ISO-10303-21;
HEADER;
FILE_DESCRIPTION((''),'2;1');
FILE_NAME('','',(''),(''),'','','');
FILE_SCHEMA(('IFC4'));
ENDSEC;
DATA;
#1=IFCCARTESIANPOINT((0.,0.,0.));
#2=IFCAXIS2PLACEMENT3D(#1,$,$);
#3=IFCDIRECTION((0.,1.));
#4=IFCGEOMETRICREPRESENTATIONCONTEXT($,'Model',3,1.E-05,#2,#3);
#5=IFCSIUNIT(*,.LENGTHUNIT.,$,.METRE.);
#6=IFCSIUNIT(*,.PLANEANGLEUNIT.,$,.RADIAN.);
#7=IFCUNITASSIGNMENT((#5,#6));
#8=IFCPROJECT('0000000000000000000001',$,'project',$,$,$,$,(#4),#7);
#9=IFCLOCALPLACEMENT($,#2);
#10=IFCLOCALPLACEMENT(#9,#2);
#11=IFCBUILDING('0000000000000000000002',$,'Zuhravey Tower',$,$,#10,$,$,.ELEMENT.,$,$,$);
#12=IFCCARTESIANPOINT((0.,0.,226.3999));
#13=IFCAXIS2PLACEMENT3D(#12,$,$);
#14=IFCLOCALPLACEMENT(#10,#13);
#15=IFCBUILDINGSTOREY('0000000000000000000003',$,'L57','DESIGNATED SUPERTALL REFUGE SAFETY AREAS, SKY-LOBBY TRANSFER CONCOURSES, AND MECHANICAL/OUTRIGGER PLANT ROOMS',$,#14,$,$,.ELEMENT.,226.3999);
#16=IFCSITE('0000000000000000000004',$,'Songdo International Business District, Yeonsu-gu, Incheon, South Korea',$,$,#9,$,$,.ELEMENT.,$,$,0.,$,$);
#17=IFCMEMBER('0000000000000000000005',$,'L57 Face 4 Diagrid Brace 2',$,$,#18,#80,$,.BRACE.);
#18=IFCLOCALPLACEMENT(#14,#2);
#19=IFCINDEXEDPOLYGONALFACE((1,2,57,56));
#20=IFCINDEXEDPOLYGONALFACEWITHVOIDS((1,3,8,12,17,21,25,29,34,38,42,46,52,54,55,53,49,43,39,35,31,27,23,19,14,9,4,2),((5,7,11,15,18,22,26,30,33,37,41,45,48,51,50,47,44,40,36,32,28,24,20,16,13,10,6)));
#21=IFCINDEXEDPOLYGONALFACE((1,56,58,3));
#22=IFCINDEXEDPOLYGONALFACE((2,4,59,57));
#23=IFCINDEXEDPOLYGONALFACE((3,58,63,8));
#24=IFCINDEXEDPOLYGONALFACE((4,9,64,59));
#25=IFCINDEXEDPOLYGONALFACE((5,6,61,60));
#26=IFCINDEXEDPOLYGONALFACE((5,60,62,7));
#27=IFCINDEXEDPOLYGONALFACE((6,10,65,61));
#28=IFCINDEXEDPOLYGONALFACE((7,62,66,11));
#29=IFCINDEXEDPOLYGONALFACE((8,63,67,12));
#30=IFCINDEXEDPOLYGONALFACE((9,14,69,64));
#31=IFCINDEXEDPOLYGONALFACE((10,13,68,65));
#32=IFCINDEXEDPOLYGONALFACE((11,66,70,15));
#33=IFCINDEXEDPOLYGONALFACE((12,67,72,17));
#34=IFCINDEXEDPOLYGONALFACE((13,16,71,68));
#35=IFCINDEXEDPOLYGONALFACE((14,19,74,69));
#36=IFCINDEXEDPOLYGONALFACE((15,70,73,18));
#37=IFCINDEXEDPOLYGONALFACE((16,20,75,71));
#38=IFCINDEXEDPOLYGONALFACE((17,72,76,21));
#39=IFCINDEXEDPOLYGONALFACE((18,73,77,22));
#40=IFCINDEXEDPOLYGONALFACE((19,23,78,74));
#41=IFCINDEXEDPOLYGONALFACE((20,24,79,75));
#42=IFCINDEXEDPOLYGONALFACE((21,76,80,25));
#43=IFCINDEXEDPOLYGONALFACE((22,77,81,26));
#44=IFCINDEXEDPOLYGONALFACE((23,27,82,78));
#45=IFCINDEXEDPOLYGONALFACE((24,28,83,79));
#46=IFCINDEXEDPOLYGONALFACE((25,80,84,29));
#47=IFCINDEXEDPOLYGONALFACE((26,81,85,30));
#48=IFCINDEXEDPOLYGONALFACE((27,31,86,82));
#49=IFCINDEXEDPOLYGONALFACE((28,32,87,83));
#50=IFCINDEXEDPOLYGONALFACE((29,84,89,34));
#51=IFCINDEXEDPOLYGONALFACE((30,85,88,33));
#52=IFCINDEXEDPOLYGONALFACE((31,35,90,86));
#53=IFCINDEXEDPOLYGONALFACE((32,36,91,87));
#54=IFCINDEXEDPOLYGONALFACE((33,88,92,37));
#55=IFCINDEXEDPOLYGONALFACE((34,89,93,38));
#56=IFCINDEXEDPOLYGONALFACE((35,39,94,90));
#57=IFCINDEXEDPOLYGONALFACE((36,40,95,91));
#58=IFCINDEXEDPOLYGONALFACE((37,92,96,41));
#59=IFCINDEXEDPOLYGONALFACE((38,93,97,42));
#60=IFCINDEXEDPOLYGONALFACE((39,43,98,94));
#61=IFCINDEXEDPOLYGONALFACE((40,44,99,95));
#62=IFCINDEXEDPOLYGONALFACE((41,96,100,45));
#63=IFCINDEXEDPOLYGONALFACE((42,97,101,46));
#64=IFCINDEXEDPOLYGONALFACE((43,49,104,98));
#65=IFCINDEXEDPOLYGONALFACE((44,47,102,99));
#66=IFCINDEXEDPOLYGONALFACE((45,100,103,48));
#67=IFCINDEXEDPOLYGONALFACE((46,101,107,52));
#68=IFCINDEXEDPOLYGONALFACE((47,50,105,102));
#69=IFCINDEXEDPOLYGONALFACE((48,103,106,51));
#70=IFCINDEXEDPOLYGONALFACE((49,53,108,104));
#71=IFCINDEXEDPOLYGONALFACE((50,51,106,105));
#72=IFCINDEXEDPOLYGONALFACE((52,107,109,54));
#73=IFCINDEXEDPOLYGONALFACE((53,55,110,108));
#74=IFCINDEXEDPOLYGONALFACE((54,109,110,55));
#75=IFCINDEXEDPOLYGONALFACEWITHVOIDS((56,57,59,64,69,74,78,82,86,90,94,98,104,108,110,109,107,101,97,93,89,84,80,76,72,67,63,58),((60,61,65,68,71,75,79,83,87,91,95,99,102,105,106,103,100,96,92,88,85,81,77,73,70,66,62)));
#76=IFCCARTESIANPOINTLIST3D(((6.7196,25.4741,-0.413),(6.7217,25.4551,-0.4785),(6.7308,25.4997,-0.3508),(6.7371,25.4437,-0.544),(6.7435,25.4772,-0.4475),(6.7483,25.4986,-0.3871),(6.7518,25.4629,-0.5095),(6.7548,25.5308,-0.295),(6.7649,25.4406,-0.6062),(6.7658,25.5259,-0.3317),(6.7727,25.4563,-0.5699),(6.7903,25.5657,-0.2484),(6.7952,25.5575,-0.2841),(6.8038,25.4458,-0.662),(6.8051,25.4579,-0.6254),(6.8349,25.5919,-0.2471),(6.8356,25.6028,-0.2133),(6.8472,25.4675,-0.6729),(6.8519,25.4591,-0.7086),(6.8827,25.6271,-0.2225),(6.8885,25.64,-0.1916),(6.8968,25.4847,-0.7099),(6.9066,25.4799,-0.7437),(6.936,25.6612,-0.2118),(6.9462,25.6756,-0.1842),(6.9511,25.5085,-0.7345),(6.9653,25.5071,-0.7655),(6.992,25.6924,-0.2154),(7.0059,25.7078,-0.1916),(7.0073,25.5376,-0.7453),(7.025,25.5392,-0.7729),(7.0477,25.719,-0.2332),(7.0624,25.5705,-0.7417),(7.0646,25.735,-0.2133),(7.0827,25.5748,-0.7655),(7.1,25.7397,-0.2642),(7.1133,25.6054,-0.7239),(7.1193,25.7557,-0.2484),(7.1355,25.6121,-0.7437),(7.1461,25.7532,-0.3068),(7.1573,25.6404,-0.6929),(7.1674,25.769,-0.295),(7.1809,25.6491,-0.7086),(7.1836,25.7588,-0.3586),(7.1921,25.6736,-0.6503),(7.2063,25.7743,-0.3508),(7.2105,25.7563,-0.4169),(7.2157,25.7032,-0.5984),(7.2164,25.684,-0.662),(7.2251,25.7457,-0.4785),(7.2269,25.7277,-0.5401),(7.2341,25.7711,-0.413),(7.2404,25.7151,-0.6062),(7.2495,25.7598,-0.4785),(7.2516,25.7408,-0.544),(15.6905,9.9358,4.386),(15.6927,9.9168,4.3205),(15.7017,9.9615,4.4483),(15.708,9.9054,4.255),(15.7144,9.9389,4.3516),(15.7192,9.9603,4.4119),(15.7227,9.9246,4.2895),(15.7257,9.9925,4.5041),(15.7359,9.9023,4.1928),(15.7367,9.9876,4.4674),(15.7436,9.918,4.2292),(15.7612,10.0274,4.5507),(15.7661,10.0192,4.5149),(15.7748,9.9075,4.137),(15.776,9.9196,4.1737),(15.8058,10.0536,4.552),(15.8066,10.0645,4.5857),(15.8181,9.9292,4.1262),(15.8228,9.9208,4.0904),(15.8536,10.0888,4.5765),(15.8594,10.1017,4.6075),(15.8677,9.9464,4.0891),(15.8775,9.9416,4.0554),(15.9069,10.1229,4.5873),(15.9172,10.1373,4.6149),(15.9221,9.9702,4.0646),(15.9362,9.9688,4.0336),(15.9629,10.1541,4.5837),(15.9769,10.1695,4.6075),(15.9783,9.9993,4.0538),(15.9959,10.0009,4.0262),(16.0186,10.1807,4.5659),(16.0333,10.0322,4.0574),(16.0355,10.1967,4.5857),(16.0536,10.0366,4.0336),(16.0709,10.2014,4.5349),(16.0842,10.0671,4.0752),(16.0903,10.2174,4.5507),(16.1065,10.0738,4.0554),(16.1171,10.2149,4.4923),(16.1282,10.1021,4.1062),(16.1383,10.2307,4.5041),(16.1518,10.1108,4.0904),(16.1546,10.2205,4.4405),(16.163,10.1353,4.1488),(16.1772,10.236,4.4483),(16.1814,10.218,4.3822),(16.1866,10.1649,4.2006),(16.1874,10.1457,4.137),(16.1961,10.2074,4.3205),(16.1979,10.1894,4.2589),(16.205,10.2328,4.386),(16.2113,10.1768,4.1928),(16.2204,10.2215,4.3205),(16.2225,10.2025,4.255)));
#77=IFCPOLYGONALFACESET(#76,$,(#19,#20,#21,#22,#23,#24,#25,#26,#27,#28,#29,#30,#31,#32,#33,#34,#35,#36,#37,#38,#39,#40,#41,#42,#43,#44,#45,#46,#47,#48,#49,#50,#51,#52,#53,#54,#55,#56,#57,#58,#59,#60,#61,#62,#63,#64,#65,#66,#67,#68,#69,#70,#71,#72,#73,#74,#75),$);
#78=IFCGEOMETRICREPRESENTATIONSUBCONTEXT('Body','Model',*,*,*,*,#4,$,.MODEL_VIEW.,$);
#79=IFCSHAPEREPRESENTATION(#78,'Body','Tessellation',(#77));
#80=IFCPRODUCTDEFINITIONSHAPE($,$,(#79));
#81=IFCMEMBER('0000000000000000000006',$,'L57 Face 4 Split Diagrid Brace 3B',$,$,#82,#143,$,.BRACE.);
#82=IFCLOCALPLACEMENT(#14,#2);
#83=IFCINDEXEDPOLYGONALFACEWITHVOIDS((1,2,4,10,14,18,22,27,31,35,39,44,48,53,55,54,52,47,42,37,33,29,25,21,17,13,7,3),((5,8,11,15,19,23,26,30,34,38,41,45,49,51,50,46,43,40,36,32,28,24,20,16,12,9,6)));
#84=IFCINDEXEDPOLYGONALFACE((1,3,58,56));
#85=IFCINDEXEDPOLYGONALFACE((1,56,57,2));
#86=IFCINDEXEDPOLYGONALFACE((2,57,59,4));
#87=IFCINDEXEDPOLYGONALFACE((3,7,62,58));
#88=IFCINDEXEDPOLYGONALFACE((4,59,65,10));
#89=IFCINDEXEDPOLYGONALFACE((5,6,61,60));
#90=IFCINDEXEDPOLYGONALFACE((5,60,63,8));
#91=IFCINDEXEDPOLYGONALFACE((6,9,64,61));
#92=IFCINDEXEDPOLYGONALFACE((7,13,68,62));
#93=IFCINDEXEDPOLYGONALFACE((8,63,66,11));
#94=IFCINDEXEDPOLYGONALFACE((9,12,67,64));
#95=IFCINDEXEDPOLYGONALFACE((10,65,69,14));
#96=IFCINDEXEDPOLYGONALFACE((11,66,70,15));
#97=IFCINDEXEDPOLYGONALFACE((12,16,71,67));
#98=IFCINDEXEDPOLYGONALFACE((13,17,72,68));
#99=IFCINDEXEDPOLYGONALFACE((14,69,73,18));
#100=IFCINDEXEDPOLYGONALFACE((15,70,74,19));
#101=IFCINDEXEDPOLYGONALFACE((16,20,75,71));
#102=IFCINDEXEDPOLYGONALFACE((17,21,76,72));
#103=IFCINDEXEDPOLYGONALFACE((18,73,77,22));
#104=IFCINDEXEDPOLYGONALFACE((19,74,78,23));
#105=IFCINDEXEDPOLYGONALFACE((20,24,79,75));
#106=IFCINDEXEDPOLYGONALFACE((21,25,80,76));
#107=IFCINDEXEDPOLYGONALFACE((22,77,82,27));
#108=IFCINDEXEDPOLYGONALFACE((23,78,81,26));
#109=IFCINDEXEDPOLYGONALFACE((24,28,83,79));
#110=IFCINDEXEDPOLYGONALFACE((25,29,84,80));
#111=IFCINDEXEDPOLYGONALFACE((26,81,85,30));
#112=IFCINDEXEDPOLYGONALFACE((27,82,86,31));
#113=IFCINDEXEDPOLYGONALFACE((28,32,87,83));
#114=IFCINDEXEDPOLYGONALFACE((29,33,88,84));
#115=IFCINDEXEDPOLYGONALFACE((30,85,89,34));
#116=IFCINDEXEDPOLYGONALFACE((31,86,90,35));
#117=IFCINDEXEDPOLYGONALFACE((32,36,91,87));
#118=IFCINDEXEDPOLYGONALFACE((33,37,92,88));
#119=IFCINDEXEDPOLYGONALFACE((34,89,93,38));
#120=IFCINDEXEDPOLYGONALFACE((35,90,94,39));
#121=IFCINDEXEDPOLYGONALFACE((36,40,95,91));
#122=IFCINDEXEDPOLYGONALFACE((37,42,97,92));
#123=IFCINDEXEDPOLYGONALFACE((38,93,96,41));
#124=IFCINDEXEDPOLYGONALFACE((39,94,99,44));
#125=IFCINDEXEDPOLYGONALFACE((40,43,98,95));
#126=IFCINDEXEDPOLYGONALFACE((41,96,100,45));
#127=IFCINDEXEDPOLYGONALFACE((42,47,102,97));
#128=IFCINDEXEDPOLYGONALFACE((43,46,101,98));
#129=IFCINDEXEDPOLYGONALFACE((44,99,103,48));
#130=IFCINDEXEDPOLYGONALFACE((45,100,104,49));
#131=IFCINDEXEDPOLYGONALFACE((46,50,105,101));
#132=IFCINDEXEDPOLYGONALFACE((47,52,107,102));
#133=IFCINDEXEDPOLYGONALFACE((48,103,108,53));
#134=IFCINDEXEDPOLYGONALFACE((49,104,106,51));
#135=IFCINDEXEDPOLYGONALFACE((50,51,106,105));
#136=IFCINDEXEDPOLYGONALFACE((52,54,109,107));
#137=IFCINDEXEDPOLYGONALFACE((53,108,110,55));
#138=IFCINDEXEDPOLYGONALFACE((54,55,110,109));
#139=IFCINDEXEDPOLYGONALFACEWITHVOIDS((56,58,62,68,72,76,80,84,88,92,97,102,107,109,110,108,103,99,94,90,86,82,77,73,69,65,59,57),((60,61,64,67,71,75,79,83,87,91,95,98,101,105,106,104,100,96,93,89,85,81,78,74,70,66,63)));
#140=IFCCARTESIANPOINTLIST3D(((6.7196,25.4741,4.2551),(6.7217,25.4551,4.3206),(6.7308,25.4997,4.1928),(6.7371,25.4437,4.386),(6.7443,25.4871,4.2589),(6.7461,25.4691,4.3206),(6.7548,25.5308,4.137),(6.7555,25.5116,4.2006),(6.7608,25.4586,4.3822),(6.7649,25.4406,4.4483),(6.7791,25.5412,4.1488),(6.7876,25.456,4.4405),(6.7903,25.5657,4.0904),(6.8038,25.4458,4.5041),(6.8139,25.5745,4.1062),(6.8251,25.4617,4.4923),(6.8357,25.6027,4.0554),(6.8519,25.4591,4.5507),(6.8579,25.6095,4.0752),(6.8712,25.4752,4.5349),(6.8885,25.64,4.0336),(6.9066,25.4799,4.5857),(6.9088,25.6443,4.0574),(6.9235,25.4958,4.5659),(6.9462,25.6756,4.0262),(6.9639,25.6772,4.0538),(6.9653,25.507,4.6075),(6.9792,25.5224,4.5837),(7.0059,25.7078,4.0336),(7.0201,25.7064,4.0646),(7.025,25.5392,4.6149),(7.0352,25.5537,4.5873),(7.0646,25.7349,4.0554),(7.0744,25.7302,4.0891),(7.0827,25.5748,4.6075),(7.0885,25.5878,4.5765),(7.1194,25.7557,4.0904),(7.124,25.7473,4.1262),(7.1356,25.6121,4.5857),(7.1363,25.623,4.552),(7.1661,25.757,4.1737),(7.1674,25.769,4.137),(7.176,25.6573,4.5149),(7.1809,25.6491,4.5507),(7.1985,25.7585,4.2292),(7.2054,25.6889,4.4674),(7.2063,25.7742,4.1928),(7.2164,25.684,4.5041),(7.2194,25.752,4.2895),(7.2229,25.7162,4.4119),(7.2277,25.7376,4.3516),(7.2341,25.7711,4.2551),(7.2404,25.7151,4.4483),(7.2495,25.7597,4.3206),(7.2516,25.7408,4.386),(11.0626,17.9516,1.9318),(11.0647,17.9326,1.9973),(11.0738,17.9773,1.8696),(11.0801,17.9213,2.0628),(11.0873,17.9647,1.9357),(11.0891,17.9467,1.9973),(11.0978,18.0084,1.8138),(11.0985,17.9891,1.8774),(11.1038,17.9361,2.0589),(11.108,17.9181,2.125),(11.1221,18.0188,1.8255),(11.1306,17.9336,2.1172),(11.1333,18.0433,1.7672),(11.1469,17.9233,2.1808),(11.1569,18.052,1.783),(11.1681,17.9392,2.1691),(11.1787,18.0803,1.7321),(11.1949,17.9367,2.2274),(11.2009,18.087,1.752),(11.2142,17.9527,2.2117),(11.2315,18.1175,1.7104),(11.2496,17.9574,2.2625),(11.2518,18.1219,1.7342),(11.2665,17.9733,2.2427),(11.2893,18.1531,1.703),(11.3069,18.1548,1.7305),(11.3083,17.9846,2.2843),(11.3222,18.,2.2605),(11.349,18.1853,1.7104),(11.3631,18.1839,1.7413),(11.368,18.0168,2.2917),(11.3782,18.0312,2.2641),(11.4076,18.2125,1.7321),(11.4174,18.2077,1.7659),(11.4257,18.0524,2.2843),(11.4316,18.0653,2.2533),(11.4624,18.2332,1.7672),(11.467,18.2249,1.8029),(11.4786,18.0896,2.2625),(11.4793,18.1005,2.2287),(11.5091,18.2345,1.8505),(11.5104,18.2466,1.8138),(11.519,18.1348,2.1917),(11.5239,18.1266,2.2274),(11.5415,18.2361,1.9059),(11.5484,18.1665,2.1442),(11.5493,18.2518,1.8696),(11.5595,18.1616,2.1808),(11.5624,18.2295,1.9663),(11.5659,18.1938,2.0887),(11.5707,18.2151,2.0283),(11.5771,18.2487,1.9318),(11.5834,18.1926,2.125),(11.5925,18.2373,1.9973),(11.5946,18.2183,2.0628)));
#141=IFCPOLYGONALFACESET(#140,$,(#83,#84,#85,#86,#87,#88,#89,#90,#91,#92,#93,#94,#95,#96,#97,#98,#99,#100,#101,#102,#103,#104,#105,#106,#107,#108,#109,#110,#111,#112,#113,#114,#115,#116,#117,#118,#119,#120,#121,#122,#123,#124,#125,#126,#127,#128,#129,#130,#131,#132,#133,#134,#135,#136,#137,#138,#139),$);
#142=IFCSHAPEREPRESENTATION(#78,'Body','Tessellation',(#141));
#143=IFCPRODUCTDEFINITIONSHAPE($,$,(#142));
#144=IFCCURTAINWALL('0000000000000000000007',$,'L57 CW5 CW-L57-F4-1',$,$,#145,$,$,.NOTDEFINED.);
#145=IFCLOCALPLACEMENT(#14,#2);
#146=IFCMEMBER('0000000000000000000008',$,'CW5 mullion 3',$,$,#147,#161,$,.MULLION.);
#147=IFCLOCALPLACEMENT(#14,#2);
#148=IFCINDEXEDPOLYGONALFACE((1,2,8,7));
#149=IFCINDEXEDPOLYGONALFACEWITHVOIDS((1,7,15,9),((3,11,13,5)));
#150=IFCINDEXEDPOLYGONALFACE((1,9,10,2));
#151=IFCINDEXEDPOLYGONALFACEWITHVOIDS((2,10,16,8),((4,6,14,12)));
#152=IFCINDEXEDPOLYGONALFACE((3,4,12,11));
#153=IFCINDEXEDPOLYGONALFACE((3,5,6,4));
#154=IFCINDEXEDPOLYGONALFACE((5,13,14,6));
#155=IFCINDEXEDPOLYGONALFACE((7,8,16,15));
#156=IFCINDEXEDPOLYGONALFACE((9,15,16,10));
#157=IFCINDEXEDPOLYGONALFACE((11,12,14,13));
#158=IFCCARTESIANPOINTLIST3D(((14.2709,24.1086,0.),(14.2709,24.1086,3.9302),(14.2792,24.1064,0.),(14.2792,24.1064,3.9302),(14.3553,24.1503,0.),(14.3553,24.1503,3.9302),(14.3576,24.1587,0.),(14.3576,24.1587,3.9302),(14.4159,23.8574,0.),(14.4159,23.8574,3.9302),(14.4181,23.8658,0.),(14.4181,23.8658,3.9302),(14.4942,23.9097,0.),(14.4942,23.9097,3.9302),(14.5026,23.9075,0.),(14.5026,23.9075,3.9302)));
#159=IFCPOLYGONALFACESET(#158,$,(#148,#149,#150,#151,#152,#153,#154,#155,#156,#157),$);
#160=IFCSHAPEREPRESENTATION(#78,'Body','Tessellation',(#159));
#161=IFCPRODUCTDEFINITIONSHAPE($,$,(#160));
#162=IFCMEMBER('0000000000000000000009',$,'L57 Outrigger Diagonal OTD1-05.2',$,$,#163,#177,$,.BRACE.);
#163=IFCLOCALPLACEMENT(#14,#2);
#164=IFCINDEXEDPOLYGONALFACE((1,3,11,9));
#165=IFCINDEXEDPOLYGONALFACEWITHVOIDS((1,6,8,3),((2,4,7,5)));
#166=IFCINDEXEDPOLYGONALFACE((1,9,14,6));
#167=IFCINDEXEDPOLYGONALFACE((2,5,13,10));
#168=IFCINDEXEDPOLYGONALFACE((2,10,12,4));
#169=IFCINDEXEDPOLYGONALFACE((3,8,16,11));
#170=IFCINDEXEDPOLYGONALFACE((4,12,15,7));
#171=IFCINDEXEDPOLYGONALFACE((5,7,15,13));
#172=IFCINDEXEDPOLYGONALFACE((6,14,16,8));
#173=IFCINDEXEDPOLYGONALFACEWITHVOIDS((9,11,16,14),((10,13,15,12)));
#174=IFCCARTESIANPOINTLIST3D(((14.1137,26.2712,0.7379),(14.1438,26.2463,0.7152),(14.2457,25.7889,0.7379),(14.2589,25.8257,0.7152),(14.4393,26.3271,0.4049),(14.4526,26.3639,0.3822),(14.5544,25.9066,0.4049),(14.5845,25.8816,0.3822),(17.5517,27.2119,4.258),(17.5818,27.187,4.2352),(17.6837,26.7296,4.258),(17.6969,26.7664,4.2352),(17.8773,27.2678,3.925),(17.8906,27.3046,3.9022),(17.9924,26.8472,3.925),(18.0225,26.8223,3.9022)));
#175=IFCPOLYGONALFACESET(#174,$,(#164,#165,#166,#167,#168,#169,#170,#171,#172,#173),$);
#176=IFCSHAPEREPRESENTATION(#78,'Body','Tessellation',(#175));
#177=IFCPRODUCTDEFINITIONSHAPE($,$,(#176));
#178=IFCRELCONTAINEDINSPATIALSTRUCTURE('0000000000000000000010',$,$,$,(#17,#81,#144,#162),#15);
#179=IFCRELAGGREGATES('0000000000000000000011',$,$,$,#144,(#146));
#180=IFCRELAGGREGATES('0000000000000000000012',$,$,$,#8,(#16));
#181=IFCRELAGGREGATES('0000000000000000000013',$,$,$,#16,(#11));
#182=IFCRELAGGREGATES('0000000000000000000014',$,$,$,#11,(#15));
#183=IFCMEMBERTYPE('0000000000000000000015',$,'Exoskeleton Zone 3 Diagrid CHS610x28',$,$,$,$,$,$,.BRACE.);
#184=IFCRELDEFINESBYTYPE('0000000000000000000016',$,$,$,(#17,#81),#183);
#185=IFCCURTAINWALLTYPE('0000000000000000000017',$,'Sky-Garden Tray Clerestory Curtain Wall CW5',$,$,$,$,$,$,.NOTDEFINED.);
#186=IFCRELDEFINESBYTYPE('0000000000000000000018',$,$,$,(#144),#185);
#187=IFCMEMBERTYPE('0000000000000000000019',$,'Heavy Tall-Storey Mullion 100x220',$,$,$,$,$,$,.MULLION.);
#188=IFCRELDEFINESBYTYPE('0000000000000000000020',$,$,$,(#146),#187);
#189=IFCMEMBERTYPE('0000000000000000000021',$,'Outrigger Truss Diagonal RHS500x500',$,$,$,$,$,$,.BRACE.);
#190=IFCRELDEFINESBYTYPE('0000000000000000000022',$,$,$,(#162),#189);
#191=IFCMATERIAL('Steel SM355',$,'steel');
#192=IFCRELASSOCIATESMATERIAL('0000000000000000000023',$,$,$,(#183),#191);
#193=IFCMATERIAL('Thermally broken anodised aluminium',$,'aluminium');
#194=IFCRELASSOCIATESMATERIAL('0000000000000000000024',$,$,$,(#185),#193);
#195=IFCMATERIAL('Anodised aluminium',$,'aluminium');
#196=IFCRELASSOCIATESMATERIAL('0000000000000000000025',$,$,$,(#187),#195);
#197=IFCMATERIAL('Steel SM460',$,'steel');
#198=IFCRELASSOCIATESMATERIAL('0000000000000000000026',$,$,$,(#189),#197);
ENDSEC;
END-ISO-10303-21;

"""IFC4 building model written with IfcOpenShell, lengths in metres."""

from ifc_helpers import new_model, si_unit, direction, frame, origin, origin_2d, place, context, subcontext, project, spatial, hollow_rectangle, hollow_circle, extrude, material, material_profile, profile_set, type_object, element, aggregate, save


model = new_model("IFC4")

# Units and contexts
model_context = context("Model", 3, precision=1e-05, world=origin(), true_north=direction((0.0, 1.0)))
body_context = subcontext(model_context, "Body", "Model", "MODEL_VIEW")
ifc_project = project(units=[si_unit("LENGTHUNIT", "METRE"), si_unit("PLANEANGLEUNIT", "RADIAN")], contexts=[model_context])

# Site, building, storey
site_placement = place(None, origin())
site = spatial("IfcSite", under=ifc_project, at=site_placement, Name="Songdo International Business District, Yeonsu-gu, Incheon, South Korea", CompositionType="ELEMENT", RefElevation=0.0)
building_placement = place(site_placement, origin())
building = spatial("IfcBuilding", under=site, at=building_placement, Name="Zuhravey Tower", CompositionType="ELEMENT")
storey_placement = place(building_placement, frame((0.0, 0.0, 226.3999)))
storey = spatial("IfcBuildingStorey", under=building, at=storey_placement, Name="L57", Description="DESIGNATED SUPERTALL REFUGE SAFETY AREAS, SKY-LOBBY TRANSFER CONCOURSES, AND MECHANICAL/OUTRIGGER PLANT ROOMS", CompositionType="ELEMENT", Elevation=226.3999)

# Shared definitions
ifc_material_1 = material(Name="Steel SM355", Category="steel")

# Shared definitions
ifc_material_2 = material(Name="Steel SM460", Category="steel")

# Members
ifc_material_profile_1 = material_profile(ifc_material_1, hollow_circle(Radius=0.3047, WallThickness=0.0281, at=origin_2d()), Name="CHS-609.6x28")
ifc_profile_set_1 = profile_set([ifc_material_profile_1], Name="Steel SM355")
member_type_1 = type_object("IfcMemberType", Name="Exoskeleton Zone 3 Diagrid CHS610x28", PredefinedType="BRACE", material=ifc_profile_set_1)
member_1_placement = place(storey_placement, frame((6.9856, 25.6074, -0.4785), z_axis=(0.483015, -0.836618, 0.258393), x_axis=(0.866028, 0.499995, 0.0)))
element("IfcMember", 1, at=member_1_placement, inside=storey, type_object=member_type_1, Name="L57 Face 4 Diagrid Brace 2", PredefinedType="BRACE", context=body_context, shape_type="SweptSolid", body=[
    extrude(hollow_circle(Radius=0.3047, WallThickness=0.0281, at=origin_2d()), origin(), (0.0, 0.0, 1.0), 18.5728),
])
member_2_placement = place(storey_placement, frame((11.3286, 18.085, 1.9973), z_axis=(-0.483015, 0.836621, 0.258383), x_axis=(-0.866029, -0.499993, 0.0)))
element("IfcMember", 2, at=member_2_placement, inside=storey, type_object=member_type_1, Name="L57 Face 4 Split Diagrid Brace 3B", PredefinedType="BRACE", context=body_context, shape_type="SweptSolid", body=[
    extrude(hollow_circle(Radius=0.3047, WallThickness=0.0281, at=origin_2d()), origin(), (0.0, 0.0, 1.0), 8.9915),
])

# Curtain wall, member
ifc_material_3 = material(Name="Thermally broken anodised aluminium", Category="aluminium")
curtain_wall_type = type_object("IfcCurtainWallType", Name="Sky-Garden Tray Clerestory Curtain Wall CW5", PredefinedType="NOTDEFINED", material=ifc_material_3)
curtain_wall_placement = place(storey_placement, origin())
curtain_wall = element("IfcCurtainWall", 3, at=curtain_wall_placement, inside=storey, type_object=curtain_wall_type, Name="L57 CW5 CW-L57-F4-1", PredefinedType="NOTDEFINED")
ifc_material_4 = material(Name="Anodised aluminium", Category="aluminium")
ifc_material_profile_2 = material_profile(ifc_material_4, hollow_rectangle(XDim=0.1001, YDim=0.29, WallThickness=0.0061, at=origin_2d()), Name="ALU-RHS-100x290x6")
ifc_profile_set_2 = profile_set([ifc_material_profile_2], Name="Anodised aluminium")
member_type_2 = type_object("IfcMemberType", Name="Heavy Tall-Storey Mullion 100x220", PredefinedType="MULLION", material=ifc_profile_set_2)
member_3_placement = place(storey_placement, frame((14.3867, 24.0081, 0.0), z_axis=(0.0, 0.0, 1.0), x_axis=(-0.866025, -0.5, 0.0)))
member_3 = element("IfcMember", 4, at=member_3_placement, type_object=member_type_2, Name="CW5 mullion 3", PredefinedType="MULLION", context=body_context, shape_type="SweptSolid", body=[
    extrude(hollow_rectangle(XDim=0.1001, YDim=0.29, WallThickness=0.0061, at=origin_2d()), origin(), (0.0, 0.0, 1.0), 3.9302),
])

# Member
ifc_material_profile_3 = material_profile(ifc_material_2, hollow_rectangle(XDim=0.5, YDim=0.5, WallThickness=0.032, at=origin_2d()), Name="RHS-500x500x32")
ifc_profile_set_3 = profile_set([ifc_material_profile_3], Name="Steel SM460")
member_type_3 = type_object("IfcMemberType", Name="Outrigger Truss Diagonal RHS500x500", PredefinedType="BRACE", material=ifc_profile_set_3)
member_4_placement = place(storey_placement, frame((14.3491, 26.0764, 0.5601), z_axis=(0.686293, 0.187778, 0.702668), x_axis=(-0.263911, 0.964547, 0.0)))
element("IfcMember", 5, at=member_4_placement, inside=storey, type_object=member_type_3, Name="L57 Outrigger Diagonal OTD1-05.2", PredefinedType="BRACE", context=body_context, shape_type="SweptSolid", body=[
    extrude(hollow_rectangle(XDim=0.5, YDim=0.5, WallThickness=0.032, at=origin_2d()), origin(), (0.0, 0.0, 1.0), 5.0095),
])

aggregate(curtain_wall, [member_3])

save(model, "model.ifc")
